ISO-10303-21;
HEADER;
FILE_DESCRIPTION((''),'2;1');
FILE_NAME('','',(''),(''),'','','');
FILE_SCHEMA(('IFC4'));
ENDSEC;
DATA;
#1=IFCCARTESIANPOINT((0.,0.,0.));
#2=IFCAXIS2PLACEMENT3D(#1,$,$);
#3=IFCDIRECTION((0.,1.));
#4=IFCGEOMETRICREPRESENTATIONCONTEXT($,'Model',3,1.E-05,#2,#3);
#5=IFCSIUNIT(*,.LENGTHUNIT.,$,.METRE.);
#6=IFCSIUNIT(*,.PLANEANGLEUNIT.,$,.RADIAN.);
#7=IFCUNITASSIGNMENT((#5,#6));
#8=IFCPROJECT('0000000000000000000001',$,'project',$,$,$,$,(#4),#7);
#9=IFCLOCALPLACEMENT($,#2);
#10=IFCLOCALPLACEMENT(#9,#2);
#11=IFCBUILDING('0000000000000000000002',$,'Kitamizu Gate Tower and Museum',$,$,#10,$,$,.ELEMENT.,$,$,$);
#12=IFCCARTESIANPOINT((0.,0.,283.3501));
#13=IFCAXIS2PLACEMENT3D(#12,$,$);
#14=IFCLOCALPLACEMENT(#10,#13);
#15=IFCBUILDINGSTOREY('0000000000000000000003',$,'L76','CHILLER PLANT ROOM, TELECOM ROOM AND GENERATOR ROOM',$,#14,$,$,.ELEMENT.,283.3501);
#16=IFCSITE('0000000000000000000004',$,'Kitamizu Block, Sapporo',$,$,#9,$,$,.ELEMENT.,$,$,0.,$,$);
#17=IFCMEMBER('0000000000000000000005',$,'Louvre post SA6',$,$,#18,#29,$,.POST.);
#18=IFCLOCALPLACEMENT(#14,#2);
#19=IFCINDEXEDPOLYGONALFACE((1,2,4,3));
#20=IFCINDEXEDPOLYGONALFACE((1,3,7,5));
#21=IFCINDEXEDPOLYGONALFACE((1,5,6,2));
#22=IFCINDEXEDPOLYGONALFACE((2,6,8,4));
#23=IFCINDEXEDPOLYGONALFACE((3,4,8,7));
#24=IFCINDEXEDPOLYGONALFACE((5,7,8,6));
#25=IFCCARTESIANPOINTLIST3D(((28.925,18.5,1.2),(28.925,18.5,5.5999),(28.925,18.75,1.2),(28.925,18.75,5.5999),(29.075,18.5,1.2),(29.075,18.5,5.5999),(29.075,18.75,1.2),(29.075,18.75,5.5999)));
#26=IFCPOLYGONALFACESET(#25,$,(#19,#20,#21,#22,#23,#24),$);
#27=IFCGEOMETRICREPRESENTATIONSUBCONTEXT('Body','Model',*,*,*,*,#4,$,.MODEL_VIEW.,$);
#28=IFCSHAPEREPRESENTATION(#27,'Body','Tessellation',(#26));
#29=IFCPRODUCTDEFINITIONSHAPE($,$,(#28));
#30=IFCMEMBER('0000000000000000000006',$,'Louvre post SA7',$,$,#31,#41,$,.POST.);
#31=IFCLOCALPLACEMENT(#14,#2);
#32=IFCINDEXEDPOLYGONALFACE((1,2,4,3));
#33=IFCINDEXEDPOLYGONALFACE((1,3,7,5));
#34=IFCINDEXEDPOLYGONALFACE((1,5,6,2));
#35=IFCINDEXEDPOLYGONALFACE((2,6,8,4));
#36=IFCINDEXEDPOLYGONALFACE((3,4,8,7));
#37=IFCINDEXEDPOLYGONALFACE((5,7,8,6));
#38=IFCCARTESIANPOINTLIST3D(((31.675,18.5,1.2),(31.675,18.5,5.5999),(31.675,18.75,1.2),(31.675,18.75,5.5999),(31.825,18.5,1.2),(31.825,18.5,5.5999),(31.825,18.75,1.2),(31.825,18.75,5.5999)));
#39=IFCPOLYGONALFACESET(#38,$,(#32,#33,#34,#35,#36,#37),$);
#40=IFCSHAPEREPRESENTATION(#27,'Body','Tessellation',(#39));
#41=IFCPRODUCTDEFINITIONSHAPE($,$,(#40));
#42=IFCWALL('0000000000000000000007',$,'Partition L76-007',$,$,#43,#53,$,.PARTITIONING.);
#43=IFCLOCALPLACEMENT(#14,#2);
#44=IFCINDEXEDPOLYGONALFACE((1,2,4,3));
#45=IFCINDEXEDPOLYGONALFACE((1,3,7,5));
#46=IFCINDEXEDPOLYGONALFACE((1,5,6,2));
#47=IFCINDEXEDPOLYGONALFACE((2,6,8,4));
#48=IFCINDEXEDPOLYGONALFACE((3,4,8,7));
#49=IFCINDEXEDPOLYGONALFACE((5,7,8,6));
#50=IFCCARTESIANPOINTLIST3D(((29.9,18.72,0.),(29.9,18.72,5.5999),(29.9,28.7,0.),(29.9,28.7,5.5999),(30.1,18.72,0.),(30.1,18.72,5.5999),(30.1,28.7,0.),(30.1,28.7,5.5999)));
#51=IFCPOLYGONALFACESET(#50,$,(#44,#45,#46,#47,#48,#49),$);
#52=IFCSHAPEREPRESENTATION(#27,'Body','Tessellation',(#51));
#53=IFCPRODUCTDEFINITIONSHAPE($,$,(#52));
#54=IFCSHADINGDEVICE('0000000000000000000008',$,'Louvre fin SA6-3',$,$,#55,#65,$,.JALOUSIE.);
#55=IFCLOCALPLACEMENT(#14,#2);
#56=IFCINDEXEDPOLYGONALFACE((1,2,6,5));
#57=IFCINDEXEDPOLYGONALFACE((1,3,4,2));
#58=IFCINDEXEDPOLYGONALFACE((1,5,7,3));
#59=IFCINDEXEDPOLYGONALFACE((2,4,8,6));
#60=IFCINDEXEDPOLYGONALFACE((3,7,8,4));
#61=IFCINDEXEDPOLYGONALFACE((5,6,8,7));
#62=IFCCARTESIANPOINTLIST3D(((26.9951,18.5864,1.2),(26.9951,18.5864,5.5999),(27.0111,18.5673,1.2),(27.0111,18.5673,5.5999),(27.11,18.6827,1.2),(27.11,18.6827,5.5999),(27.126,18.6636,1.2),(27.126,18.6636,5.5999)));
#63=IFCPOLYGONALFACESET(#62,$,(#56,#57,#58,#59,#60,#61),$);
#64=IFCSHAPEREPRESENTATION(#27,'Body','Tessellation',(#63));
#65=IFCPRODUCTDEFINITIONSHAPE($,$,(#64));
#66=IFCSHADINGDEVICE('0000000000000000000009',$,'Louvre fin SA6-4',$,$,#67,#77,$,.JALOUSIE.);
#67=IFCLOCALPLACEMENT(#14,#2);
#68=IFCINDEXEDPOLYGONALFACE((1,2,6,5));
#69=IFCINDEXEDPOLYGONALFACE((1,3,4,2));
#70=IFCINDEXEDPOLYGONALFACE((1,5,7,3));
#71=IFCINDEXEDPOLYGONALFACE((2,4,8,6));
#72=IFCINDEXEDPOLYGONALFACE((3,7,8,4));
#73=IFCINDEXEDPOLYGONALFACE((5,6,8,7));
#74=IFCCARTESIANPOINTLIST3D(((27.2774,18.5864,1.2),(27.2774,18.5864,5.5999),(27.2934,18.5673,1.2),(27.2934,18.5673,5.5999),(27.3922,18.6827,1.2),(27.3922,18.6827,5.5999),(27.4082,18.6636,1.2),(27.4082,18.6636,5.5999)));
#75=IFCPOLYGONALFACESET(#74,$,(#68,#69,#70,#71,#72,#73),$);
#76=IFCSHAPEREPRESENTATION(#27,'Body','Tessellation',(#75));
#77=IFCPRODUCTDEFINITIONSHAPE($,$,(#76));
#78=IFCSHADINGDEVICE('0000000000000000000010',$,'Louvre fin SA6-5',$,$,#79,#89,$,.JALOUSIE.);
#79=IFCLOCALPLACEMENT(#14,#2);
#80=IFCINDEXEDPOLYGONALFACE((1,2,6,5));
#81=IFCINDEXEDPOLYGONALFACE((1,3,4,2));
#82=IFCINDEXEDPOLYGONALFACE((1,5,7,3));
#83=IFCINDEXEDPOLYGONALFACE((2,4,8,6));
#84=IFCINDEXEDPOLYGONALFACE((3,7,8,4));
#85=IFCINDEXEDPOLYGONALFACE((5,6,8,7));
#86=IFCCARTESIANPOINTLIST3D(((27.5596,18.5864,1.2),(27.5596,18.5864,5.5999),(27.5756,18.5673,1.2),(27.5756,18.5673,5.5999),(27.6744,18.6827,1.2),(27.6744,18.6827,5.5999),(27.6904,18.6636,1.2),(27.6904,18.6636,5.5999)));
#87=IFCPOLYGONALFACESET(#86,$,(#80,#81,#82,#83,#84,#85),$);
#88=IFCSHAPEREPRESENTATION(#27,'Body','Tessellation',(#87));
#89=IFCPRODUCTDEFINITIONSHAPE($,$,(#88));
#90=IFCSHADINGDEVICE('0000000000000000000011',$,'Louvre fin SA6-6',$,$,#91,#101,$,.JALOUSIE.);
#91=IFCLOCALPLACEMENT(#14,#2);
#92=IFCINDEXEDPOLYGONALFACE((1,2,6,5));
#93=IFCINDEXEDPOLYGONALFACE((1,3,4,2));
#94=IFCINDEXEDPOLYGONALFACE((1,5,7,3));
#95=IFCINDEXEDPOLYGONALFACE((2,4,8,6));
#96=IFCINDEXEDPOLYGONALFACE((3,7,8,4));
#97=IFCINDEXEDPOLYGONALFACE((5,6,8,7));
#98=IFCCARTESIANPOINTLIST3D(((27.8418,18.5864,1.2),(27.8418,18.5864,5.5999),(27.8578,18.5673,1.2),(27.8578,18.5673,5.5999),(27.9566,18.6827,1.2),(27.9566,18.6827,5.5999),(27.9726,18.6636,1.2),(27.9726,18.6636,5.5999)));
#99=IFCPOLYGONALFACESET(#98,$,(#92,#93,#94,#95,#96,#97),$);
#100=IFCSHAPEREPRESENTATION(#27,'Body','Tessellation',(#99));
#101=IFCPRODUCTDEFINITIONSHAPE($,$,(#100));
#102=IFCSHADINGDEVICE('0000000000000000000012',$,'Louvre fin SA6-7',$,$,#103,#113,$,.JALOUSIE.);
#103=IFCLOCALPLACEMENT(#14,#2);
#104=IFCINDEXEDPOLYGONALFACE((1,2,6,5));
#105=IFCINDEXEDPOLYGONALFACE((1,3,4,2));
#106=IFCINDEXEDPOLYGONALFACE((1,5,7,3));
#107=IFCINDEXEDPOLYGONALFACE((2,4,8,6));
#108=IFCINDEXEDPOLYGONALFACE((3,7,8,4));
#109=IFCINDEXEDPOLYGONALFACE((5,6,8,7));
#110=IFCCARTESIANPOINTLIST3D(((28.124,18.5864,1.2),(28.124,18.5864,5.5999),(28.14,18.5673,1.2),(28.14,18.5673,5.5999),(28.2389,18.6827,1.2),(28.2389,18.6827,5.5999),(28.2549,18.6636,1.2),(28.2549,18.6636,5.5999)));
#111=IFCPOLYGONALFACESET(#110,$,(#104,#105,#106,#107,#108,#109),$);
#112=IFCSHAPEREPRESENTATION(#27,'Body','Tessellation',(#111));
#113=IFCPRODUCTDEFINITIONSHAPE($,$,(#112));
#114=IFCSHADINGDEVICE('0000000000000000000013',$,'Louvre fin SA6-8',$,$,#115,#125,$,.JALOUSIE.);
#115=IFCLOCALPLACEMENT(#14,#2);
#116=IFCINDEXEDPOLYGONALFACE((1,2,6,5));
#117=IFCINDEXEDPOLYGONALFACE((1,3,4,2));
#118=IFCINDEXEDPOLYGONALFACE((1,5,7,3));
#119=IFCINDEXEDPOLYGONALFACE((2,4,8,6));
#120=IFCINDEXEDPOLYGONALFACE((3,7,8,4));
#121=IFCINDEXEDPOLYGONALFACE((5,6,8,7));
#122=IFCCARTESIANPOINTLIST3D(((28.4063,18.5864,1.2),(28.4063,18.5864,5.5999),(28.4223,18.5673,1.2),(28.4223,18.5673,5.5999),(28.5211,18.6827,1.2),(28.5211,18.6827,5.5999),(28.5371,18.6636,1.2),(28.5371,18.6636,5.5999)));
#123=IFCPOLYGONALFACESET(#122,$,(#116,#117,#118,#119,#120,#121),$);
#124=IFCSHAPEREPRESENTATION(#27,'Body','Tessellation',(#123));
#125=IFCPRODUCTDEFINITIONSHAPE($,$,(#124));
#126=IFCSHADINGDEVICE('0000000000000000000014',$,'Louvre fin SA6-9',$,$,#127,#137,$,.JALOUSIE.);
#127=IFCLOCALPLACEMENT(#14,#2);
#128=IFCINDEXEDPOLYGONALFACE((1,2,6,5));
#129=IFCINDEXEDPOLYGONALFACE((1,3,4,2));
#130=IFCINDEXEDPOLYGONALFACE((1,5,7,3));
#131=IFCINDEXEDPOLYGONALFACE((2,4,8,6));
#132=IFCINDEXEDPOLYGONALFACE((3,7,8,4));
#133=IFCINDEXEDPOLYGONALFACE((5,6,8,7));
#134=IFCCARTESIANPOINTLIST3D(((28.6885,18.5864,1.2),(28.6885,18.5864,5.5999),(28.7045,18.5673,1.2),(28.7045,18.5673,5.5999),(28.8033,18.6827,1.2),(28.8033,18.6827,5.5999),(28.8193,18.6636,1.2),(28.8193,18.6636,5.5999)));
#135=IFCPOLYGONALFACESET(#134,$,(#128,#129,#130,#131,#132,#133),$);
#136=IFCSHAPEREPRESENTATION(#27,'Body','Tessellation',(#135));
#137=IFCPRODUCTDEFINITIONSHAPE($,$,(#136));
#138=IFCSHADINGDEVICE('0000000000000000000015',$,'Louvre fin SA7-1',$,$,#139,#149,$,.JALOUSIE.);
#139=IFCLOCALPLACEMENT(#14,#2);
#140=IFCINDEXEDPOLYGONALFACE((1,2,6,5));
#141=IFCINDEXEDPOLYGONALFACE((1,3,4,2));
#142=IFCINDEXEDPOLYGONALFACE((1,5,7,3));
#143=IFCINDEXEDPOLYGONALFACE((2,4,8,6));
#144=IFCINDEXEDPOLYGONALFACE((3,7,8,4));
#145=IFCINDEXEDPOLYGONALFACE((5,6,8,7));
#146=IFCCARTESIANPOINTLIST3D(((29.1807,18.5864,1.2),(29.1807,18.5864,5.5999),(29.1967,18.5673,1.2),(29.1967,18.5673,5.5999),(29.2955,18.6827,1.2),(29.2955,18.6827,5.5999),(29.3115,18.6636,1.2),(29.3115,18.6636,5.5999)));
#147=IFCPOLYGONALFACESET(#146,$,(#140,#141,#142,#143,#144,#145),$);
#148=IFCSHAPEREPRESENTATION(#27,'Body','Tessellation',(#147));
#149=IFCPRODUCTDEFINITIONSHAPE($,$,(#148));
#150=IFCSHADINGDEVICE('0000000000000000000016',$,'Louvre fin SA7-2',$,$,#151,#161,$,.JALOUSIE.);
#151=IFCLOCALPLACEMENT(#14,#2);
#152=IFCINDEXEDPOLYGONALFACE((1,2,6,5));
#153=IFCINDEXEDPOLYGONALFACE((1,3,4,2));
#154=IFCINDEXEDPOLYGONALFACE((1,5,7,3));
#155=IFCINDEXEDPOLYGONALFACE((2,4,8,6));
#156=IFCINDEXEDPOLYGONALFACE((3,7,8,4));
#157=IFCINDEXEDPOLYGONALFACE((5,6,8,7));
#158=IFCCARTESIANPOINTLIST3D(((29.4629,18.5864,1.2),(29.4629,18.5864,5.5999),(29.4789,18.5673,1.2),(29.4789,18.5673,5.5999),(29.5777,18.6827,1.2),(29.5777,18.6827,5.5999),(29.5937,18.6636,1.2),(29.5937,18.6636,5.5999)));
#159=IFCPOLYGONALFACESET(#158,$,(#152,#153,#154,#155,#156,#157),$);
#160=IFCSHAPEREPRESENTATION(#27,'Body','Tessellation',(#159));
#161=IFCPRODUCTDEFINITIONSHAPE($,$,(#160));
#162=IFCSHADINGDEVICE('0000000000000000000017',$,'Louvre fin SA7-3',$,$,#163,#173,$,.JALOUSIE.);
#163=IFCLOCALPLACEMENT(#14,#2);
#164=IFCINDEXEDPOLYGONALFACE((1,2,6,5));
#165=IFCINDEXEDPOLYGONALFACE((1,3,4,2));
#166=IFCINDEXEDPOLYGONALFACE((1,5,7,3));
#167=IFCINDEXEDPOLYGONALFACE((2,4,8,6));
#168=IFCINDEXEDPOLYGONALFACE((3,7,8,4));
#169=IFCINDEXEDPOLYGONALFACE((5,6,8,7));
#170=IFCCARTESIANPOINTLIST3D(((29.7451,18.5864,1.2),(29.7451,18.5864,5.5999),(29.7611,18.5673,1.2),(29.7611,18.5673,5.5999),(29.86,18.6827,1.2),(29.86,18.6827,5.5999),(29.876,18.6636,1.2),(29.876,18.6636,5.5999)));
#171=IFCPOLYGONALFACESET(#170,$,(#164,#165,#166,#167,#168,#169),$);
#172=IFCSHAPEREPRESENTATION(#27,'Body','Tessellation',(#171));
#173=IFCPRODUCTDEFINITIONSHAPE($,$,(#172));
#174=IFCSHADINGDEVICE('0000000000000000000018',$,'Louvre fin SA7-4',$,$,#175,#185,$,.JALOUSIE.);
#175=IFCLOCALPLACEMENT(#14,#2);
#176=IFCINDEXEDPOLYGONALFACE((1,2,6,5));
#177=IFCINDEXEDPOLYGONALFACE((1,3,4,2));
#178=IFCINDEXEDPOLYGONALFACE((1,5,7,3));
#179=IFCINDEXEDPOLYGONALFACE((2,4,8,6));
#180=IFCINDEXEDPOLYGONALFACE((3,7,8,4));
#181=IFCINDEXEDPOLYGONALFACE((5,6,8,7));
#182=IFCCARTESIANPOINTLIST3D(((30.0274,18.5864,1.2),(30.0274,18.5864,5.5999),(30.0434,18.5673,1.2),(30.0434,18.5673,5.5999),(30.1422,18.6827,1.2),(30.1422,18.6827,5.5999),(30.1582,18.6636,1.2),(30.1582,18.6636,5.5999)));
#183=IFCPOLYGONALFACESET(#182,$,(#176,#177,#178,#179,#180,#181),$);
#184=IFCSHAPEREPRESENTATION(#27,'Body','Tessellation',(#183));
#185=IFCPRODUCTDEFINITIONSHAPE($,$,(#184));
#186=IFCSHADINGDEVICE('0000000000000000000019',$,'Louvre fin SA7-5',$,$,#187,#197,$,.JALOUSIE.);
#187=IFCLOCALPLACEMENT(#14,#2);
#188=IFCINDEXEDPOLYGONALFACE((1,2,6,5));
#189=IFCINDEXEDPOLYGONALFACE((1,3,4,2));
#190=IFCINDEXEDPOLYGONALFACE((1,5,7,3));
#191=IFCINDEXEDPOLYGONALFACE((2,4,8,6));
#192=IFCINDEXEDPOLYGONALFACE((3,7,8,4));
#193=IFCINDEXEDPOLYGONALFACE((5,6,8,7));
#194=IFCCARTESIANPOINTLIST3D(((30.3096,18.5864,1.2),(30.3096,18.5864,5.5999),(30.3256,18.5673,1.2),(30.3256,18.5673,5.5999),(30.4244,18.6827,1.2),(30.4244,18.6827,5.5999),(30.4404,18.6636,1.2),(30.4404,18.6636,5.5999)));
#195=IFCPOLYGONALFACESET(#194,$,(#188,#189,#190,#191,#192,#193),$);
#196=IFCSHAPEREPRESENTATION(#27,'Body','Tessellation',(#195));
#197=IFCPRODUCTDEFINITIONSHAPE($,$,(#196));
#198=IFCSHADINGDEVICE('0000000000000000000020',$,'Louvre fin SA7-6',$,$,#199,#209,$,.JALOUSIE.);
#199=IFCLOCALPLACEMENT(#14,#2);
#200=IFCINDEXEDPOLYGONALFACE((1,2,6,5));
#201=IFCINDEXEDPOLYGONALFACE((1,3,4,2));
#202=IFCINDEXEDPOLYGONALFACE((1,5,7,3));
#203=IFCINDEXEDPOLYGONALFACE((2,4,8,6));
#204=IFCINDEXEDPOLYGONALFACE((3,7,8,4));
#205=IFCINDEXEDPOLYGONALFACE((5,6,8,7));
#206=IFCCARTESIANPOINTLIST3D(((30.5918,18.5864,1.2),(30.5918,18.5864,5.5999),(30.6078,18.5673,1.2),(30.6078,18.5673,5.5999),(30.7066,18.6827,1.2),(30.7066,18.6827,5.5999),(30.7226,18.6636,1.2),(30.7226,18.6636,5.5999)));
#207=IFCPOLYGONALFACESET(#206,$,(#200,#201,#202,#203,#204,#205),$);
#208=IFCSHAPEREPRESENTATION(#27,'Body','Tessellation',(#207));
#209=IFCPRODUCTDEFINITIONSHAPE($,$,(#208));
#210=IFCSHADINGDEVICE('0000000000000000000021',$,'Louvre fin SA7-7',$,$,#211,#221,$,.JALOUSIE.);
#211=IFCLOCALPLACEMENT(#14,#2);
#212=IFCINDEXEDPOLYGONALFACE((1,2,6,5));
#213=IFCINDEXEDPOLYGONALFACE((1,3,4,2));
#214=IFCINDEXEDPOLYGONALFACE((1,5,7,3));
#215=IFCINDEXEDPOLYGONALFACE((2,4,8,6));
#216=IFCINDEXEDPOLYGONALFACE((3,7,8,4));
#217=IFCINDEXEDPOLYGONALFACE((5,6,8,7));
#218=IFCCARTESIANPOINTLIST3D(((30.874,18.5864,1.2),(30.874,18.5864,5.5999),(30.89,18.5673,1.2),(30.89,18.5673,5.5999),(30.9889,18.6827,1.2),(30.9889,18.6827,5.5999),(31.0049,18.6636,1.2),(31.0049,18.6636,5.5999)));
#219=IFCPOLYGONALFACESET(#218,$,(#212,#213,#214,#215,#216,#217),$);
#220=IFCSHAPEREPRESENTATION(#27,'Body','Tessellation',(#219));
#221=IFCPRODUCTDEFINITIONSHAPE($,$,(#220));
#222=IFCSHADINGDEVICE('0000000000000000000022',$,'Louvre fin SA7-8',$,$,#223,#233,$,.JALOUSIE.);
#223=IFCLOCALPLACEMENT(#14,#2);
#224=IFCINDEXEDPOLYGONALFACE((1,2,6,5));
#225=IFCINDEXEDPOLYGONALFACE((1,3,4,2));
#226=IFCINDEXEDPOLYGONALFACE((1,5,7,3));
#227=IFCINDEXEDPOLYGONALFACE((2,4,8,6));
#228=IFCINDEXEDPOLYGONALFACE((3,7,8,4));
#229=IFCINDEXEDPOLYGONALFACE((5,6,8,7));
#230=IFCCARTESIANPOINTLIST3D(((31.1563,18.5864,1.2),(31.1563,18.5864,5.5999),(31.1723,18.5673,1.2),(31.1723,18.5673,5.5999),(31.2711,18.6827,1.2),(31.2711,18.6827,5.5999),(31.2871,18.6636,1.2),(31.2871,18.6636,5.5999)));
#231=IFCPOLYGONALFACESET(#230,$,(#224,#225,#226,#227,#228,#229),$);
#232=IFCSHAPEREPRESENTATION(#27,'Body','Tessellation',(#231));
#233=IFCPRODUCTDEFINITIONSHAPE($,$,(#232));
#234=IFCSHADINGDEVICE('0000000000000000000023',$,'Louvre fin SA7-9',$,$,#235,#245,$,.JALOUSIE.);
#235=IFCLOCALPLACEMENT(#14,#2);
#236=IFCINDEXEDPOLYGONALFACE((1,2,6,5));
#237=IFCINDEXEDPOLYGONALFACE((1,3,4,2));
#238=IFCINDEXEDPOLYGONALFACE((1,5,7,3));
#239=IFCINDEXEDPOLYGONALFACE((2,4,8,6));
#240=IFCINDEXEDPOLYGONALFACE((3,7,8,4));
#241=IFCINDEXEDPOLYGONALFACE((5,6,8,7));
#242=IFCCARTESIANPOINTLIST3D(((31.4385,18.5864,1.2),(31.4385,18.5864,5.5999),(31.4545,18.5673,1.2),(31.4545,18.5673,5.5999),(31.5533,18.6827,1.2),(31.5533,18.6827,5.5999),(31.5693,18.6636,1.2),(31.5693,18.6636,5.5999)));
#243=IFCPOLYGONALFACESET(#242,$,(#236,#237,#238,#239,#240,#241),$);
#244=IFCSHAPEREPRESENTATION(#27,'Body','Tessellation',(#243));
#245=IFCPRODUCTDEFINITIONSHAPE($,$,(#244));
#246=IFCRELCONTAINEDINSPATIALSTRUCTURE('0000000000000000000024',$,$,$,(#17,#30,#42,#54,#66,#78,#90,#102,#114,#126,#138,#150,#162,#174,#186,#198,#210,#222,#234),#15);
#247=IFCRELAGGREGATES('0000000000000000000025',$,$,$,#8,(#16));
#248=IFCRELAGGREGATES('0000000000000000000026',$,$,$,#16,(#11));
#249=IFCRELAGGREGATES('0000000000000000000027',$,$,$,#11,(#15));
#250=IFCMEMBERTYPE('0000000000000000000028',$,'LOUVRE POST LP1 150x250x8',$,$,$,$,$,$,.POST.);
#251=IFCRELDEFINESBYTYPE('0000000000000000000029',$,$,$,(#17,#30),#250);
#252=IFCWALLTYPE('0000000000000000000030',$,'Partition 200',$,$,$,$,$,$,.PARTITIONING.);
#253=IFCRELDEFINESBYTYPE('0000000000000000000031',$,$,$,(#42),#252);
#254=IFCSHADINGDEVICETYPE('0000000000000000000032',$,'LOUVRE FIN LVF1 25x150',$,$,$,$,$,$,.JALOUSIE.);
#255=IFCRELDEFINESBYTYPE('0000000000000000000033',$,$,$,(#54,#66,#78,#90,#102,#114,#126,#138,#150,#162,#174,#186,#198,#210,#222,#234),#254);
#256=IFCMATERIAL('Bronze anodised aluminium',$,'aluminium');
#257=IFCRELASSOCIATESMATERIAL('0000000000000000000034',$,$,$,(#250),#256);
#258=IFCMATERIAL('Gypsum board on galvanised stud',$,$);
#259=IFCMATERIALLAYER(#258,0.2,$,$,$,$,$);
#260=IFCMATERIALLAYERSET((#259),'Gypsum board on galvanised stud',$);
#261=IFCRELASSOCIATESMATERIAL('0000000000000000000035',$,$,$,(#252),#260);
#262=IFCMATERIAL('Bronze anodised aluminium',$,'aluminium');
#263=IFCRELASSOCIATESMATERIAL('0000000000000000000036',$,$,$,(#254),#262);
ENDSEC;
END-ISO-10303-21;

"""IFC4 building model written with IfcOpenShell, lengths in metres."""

from ifc_helpers import new_model, si_unit, direction, frame, frame_2d, origin, origin_2d, place, context, subcontext, project, spatial, rectangle, extrude, material, layer, layer_set, material_profile, profile_set, type_object, element, save


model = new_model("IFC4")

# Units and contexts
model_context = context("Model", 3, precision=1e-05, world=origin(), true_north=direction((0.0, 1.0)))
body_context = subcontext(model_context, "Body", "Model", "MODEL_VIEW")
ifc_project = project(units=[si_unit("LENGTHUNIT", "METRE"), si_unit("PLANEANGLEUNIT", "RADIAN")], contexts=[model_context])

# Site, building, storey
site_placement = place(None, origin())
site = spatial("IfcSite", under=ifc_project, at=site_placement, Name="Kitamizu Block, Sapporo", CompositionType="ELEMENT", RefElevation=0.0)
building_placement = place(site_placement, origin())
building = spatial("IfcBuilding", under=site, at=building_placement, Name="Kitamizu Gate Tower and Museum", CompositionType="ELEMENT")
storey_placement = place(building_placement, frame((0.0, 0.0, 283.3501)))
storey = spatial("IfcBuildingStorey", under=building, at=storey_placement, Name="L76", Description="CHILLER PLANT ROOM, TELECOM ROOM AND GENERATOR ROOM", CompositionType="ELEMENT", Elevation=283.3501)

# Members
ifc_material_1 = material(Name="Bronze anodised aluminium", Category="aluminium")
ifc_material_profile_1 = material_profile(ifc_material_1, rectangle(XDim=0.1499, YDim=0.25, at=origin_2d()), Name="AL 150x250")
ifc_profile_set_1 = profile_set([ifc_material_profile_1], Name="Bronze anodised aluminium")
member_type = type_object("IfcMemberType", Name="LOUVRE POST LP1 150x250x8", PredefinedType="POST", material=ifc_profile_set_1)
for number, where, z_axis, x_axis, name in (
    (1, (29.0, 18.625, 1.2), (0.0, 0.0, 1.0), (1.0, 0.0, 0.0), "Louvre post SA6"),
    (2, (31.75, 18.625, 1.2), (0.0, 0.0, 1.0), (1.0, 0.0, 0.0), "Louvre post SA7"),
):
    element("IfcMember", number, at=place(storey_placement, frame(where, z_axis=z_axis, x_axis=x_axis)), inside=storey, type_object=member_type, Name=name, PredefinedType="POST", context=body_context, shape_type="SweptSolid", body=[
        extrude(rectangle(XDim=0.1499, YDim=0.25, at=origin_2d()), origin(), (0.0, 0.0, 1.0), 4.3999),
    ])

# Wall
ifc_material_2 = material(Name="Gypsum board on galvanised stud")
ifc_layer = layer(ifc_material_2, 0.2)
ifc_layer_set = layer_set([ifc_layer], Name="Gypsum board on galvanised stud")
wall_type = type_object("IfcWallType", Name="Partition 200", PredefinedType="PARTITIONING", material=ifc_layer_set)
wall_placement = place(storey_placement, frame((30.0, 18.72, 0.0), z_axis=(0.0, 0.0, 1.0), x_axis=(0.0, 1.0, 0.0)))
element("IfcWall", 3, at=wall_placement, inside=storey, type_object=wall_type, Name="Partition L76-007", PredefinedType="PARTITIONING", context=body_context, shape_type="SweptSolid", body=[
    extrude(rectangle(XDim=9.98, YDim=0.2, at=frame_2d((4.99, 0.0))), origin(), (0.0, 0.0, 1.0), 5.5999),
])

# Shading devices
ifc_material_3 = material(Name="Bronze anodised aluminium", Category="aluminium")
ifc_material_profile_2 = material_profile(ifc_material_3, rectangle(XDim=0.1499, YDim=0.0249, at=origin_2d()), Name="AL 25x150")
ifc_profile_set_2 = profile_set([ifc_material_profile_2], Name="Bronze anodised aluminium")
shading_device_type = type_object("IfcShadingDeviceType", Name="LOUVRE FIN LVF1 25x150", PredefinedType="JALOUSIE", material=ifc_profile_set_2)
for number, where, z_axis, x_axis, name in (
    (4, (27.0605, 18.625, 1.2), (0.0, 0.0, 1.0), (0.766044, 0.642788, 0.0), "Louvre fin SA6-3"),
    (5, (27.3428, 18.625, 1.2), (0.0, 0.0, 1.0), (0.766044, 0.642788, 0.0), "Louvre fin SA6-4"),
    (6, (27.625, 18.625, 1.2), (0.0, 0.0, 1.0), (0.766044, 0.642788, 0.0), "Louvre fin SA6-5"),
    (7, (27.9072, 18.625, 1.2), (0.0, 0.0, 1.0), (0.766044, 0.642788, 0.0), "Louvre fin SA6-6"),
    (8, (28.1895, 18.625, 1.2), (0.0, 0.0, 1.0), (0.766044, 0.642788, 0.0), "Louvre fin SA6-7"),
    (9, (28.4717, 18.625, 1.2), (0.0, 0.0, 1.0), (0.766044, 0.642788, 0.0), "Louvre fin SA6-8"),
    (10, (28.7539, 18.625, 1.2), (0.0, 0.0, 1.0), (0.766044, 0.642788, 0.0), "Louvre fin SA6-9"),
    (11, (29.2461, 18.625, 1.2), (0.0, 0.0, 1.0), (0.766044, 0.642788, 0.0), "Louvre fin SA7-1"),
    (12, (29.5283, 18.625, 1.2), (0.0, 0.0, 1.0), (0.766044, 0.642788, 0.0), "Louvre fin SA7-2"),
    (13, (29.8105, 18.625, 1.2), (0.0, 0.0, 1.0), (0.766044, 0.642788, 0.0), "Louvre fin SA7-3"),
    (14, (30.0928, 18.625, 1.2), (0.0, 0.0, 1.0), (0.766044, 0.642788, 0.0), "Louvre fin SA7-4"),
    (15, (30.375, 18.625, 1.2), (0.0, 0.0, 1.0), (0.766044, 0.642788, 0.0), "Louvre fin SA7-5"),
    (16, (30.6572, 18.625, 1.2), (0.0, 0.0, 1.0), (0.766044, 0.642788, 0.0), "Louvre fin SA7-6"),
    (17, (30.9395, 18.625, 1.2), (0.0, 0.0, 1.0), (0.766044, 0.642788, 0.0), "Louvre fin SA7-7"),
    (18, (31.2217, 18.625, 1.2), (0.0, 0.0, 1.0), (0.766044, 0.642788, 0.0), "Louvre fin SA7-8"),
    (19, (31.5039, 18.625, 1.2), (0.0, 0.0, 1.0), (0.766044, 0.642788, 0.0), "Louvre fin SA7-9"),
):
    element("IfcShadingDevice", number, at=place(storey_placement, frame(where, z_axis=z_axis, x_axis=x_axis)), inside=storey, type_object=shading_device_type, Name=name, PredefinedType="JALOUSIE", context=body_context, shape_type="SweptSolid", body=[
        extrude(rectangle(XDim=0.1499, YDim=0.0249, at=origin_2d()), origin(), (0.0, 0.0, 1.0), 4.3999),
    ])

save(model, "model.ifc")
